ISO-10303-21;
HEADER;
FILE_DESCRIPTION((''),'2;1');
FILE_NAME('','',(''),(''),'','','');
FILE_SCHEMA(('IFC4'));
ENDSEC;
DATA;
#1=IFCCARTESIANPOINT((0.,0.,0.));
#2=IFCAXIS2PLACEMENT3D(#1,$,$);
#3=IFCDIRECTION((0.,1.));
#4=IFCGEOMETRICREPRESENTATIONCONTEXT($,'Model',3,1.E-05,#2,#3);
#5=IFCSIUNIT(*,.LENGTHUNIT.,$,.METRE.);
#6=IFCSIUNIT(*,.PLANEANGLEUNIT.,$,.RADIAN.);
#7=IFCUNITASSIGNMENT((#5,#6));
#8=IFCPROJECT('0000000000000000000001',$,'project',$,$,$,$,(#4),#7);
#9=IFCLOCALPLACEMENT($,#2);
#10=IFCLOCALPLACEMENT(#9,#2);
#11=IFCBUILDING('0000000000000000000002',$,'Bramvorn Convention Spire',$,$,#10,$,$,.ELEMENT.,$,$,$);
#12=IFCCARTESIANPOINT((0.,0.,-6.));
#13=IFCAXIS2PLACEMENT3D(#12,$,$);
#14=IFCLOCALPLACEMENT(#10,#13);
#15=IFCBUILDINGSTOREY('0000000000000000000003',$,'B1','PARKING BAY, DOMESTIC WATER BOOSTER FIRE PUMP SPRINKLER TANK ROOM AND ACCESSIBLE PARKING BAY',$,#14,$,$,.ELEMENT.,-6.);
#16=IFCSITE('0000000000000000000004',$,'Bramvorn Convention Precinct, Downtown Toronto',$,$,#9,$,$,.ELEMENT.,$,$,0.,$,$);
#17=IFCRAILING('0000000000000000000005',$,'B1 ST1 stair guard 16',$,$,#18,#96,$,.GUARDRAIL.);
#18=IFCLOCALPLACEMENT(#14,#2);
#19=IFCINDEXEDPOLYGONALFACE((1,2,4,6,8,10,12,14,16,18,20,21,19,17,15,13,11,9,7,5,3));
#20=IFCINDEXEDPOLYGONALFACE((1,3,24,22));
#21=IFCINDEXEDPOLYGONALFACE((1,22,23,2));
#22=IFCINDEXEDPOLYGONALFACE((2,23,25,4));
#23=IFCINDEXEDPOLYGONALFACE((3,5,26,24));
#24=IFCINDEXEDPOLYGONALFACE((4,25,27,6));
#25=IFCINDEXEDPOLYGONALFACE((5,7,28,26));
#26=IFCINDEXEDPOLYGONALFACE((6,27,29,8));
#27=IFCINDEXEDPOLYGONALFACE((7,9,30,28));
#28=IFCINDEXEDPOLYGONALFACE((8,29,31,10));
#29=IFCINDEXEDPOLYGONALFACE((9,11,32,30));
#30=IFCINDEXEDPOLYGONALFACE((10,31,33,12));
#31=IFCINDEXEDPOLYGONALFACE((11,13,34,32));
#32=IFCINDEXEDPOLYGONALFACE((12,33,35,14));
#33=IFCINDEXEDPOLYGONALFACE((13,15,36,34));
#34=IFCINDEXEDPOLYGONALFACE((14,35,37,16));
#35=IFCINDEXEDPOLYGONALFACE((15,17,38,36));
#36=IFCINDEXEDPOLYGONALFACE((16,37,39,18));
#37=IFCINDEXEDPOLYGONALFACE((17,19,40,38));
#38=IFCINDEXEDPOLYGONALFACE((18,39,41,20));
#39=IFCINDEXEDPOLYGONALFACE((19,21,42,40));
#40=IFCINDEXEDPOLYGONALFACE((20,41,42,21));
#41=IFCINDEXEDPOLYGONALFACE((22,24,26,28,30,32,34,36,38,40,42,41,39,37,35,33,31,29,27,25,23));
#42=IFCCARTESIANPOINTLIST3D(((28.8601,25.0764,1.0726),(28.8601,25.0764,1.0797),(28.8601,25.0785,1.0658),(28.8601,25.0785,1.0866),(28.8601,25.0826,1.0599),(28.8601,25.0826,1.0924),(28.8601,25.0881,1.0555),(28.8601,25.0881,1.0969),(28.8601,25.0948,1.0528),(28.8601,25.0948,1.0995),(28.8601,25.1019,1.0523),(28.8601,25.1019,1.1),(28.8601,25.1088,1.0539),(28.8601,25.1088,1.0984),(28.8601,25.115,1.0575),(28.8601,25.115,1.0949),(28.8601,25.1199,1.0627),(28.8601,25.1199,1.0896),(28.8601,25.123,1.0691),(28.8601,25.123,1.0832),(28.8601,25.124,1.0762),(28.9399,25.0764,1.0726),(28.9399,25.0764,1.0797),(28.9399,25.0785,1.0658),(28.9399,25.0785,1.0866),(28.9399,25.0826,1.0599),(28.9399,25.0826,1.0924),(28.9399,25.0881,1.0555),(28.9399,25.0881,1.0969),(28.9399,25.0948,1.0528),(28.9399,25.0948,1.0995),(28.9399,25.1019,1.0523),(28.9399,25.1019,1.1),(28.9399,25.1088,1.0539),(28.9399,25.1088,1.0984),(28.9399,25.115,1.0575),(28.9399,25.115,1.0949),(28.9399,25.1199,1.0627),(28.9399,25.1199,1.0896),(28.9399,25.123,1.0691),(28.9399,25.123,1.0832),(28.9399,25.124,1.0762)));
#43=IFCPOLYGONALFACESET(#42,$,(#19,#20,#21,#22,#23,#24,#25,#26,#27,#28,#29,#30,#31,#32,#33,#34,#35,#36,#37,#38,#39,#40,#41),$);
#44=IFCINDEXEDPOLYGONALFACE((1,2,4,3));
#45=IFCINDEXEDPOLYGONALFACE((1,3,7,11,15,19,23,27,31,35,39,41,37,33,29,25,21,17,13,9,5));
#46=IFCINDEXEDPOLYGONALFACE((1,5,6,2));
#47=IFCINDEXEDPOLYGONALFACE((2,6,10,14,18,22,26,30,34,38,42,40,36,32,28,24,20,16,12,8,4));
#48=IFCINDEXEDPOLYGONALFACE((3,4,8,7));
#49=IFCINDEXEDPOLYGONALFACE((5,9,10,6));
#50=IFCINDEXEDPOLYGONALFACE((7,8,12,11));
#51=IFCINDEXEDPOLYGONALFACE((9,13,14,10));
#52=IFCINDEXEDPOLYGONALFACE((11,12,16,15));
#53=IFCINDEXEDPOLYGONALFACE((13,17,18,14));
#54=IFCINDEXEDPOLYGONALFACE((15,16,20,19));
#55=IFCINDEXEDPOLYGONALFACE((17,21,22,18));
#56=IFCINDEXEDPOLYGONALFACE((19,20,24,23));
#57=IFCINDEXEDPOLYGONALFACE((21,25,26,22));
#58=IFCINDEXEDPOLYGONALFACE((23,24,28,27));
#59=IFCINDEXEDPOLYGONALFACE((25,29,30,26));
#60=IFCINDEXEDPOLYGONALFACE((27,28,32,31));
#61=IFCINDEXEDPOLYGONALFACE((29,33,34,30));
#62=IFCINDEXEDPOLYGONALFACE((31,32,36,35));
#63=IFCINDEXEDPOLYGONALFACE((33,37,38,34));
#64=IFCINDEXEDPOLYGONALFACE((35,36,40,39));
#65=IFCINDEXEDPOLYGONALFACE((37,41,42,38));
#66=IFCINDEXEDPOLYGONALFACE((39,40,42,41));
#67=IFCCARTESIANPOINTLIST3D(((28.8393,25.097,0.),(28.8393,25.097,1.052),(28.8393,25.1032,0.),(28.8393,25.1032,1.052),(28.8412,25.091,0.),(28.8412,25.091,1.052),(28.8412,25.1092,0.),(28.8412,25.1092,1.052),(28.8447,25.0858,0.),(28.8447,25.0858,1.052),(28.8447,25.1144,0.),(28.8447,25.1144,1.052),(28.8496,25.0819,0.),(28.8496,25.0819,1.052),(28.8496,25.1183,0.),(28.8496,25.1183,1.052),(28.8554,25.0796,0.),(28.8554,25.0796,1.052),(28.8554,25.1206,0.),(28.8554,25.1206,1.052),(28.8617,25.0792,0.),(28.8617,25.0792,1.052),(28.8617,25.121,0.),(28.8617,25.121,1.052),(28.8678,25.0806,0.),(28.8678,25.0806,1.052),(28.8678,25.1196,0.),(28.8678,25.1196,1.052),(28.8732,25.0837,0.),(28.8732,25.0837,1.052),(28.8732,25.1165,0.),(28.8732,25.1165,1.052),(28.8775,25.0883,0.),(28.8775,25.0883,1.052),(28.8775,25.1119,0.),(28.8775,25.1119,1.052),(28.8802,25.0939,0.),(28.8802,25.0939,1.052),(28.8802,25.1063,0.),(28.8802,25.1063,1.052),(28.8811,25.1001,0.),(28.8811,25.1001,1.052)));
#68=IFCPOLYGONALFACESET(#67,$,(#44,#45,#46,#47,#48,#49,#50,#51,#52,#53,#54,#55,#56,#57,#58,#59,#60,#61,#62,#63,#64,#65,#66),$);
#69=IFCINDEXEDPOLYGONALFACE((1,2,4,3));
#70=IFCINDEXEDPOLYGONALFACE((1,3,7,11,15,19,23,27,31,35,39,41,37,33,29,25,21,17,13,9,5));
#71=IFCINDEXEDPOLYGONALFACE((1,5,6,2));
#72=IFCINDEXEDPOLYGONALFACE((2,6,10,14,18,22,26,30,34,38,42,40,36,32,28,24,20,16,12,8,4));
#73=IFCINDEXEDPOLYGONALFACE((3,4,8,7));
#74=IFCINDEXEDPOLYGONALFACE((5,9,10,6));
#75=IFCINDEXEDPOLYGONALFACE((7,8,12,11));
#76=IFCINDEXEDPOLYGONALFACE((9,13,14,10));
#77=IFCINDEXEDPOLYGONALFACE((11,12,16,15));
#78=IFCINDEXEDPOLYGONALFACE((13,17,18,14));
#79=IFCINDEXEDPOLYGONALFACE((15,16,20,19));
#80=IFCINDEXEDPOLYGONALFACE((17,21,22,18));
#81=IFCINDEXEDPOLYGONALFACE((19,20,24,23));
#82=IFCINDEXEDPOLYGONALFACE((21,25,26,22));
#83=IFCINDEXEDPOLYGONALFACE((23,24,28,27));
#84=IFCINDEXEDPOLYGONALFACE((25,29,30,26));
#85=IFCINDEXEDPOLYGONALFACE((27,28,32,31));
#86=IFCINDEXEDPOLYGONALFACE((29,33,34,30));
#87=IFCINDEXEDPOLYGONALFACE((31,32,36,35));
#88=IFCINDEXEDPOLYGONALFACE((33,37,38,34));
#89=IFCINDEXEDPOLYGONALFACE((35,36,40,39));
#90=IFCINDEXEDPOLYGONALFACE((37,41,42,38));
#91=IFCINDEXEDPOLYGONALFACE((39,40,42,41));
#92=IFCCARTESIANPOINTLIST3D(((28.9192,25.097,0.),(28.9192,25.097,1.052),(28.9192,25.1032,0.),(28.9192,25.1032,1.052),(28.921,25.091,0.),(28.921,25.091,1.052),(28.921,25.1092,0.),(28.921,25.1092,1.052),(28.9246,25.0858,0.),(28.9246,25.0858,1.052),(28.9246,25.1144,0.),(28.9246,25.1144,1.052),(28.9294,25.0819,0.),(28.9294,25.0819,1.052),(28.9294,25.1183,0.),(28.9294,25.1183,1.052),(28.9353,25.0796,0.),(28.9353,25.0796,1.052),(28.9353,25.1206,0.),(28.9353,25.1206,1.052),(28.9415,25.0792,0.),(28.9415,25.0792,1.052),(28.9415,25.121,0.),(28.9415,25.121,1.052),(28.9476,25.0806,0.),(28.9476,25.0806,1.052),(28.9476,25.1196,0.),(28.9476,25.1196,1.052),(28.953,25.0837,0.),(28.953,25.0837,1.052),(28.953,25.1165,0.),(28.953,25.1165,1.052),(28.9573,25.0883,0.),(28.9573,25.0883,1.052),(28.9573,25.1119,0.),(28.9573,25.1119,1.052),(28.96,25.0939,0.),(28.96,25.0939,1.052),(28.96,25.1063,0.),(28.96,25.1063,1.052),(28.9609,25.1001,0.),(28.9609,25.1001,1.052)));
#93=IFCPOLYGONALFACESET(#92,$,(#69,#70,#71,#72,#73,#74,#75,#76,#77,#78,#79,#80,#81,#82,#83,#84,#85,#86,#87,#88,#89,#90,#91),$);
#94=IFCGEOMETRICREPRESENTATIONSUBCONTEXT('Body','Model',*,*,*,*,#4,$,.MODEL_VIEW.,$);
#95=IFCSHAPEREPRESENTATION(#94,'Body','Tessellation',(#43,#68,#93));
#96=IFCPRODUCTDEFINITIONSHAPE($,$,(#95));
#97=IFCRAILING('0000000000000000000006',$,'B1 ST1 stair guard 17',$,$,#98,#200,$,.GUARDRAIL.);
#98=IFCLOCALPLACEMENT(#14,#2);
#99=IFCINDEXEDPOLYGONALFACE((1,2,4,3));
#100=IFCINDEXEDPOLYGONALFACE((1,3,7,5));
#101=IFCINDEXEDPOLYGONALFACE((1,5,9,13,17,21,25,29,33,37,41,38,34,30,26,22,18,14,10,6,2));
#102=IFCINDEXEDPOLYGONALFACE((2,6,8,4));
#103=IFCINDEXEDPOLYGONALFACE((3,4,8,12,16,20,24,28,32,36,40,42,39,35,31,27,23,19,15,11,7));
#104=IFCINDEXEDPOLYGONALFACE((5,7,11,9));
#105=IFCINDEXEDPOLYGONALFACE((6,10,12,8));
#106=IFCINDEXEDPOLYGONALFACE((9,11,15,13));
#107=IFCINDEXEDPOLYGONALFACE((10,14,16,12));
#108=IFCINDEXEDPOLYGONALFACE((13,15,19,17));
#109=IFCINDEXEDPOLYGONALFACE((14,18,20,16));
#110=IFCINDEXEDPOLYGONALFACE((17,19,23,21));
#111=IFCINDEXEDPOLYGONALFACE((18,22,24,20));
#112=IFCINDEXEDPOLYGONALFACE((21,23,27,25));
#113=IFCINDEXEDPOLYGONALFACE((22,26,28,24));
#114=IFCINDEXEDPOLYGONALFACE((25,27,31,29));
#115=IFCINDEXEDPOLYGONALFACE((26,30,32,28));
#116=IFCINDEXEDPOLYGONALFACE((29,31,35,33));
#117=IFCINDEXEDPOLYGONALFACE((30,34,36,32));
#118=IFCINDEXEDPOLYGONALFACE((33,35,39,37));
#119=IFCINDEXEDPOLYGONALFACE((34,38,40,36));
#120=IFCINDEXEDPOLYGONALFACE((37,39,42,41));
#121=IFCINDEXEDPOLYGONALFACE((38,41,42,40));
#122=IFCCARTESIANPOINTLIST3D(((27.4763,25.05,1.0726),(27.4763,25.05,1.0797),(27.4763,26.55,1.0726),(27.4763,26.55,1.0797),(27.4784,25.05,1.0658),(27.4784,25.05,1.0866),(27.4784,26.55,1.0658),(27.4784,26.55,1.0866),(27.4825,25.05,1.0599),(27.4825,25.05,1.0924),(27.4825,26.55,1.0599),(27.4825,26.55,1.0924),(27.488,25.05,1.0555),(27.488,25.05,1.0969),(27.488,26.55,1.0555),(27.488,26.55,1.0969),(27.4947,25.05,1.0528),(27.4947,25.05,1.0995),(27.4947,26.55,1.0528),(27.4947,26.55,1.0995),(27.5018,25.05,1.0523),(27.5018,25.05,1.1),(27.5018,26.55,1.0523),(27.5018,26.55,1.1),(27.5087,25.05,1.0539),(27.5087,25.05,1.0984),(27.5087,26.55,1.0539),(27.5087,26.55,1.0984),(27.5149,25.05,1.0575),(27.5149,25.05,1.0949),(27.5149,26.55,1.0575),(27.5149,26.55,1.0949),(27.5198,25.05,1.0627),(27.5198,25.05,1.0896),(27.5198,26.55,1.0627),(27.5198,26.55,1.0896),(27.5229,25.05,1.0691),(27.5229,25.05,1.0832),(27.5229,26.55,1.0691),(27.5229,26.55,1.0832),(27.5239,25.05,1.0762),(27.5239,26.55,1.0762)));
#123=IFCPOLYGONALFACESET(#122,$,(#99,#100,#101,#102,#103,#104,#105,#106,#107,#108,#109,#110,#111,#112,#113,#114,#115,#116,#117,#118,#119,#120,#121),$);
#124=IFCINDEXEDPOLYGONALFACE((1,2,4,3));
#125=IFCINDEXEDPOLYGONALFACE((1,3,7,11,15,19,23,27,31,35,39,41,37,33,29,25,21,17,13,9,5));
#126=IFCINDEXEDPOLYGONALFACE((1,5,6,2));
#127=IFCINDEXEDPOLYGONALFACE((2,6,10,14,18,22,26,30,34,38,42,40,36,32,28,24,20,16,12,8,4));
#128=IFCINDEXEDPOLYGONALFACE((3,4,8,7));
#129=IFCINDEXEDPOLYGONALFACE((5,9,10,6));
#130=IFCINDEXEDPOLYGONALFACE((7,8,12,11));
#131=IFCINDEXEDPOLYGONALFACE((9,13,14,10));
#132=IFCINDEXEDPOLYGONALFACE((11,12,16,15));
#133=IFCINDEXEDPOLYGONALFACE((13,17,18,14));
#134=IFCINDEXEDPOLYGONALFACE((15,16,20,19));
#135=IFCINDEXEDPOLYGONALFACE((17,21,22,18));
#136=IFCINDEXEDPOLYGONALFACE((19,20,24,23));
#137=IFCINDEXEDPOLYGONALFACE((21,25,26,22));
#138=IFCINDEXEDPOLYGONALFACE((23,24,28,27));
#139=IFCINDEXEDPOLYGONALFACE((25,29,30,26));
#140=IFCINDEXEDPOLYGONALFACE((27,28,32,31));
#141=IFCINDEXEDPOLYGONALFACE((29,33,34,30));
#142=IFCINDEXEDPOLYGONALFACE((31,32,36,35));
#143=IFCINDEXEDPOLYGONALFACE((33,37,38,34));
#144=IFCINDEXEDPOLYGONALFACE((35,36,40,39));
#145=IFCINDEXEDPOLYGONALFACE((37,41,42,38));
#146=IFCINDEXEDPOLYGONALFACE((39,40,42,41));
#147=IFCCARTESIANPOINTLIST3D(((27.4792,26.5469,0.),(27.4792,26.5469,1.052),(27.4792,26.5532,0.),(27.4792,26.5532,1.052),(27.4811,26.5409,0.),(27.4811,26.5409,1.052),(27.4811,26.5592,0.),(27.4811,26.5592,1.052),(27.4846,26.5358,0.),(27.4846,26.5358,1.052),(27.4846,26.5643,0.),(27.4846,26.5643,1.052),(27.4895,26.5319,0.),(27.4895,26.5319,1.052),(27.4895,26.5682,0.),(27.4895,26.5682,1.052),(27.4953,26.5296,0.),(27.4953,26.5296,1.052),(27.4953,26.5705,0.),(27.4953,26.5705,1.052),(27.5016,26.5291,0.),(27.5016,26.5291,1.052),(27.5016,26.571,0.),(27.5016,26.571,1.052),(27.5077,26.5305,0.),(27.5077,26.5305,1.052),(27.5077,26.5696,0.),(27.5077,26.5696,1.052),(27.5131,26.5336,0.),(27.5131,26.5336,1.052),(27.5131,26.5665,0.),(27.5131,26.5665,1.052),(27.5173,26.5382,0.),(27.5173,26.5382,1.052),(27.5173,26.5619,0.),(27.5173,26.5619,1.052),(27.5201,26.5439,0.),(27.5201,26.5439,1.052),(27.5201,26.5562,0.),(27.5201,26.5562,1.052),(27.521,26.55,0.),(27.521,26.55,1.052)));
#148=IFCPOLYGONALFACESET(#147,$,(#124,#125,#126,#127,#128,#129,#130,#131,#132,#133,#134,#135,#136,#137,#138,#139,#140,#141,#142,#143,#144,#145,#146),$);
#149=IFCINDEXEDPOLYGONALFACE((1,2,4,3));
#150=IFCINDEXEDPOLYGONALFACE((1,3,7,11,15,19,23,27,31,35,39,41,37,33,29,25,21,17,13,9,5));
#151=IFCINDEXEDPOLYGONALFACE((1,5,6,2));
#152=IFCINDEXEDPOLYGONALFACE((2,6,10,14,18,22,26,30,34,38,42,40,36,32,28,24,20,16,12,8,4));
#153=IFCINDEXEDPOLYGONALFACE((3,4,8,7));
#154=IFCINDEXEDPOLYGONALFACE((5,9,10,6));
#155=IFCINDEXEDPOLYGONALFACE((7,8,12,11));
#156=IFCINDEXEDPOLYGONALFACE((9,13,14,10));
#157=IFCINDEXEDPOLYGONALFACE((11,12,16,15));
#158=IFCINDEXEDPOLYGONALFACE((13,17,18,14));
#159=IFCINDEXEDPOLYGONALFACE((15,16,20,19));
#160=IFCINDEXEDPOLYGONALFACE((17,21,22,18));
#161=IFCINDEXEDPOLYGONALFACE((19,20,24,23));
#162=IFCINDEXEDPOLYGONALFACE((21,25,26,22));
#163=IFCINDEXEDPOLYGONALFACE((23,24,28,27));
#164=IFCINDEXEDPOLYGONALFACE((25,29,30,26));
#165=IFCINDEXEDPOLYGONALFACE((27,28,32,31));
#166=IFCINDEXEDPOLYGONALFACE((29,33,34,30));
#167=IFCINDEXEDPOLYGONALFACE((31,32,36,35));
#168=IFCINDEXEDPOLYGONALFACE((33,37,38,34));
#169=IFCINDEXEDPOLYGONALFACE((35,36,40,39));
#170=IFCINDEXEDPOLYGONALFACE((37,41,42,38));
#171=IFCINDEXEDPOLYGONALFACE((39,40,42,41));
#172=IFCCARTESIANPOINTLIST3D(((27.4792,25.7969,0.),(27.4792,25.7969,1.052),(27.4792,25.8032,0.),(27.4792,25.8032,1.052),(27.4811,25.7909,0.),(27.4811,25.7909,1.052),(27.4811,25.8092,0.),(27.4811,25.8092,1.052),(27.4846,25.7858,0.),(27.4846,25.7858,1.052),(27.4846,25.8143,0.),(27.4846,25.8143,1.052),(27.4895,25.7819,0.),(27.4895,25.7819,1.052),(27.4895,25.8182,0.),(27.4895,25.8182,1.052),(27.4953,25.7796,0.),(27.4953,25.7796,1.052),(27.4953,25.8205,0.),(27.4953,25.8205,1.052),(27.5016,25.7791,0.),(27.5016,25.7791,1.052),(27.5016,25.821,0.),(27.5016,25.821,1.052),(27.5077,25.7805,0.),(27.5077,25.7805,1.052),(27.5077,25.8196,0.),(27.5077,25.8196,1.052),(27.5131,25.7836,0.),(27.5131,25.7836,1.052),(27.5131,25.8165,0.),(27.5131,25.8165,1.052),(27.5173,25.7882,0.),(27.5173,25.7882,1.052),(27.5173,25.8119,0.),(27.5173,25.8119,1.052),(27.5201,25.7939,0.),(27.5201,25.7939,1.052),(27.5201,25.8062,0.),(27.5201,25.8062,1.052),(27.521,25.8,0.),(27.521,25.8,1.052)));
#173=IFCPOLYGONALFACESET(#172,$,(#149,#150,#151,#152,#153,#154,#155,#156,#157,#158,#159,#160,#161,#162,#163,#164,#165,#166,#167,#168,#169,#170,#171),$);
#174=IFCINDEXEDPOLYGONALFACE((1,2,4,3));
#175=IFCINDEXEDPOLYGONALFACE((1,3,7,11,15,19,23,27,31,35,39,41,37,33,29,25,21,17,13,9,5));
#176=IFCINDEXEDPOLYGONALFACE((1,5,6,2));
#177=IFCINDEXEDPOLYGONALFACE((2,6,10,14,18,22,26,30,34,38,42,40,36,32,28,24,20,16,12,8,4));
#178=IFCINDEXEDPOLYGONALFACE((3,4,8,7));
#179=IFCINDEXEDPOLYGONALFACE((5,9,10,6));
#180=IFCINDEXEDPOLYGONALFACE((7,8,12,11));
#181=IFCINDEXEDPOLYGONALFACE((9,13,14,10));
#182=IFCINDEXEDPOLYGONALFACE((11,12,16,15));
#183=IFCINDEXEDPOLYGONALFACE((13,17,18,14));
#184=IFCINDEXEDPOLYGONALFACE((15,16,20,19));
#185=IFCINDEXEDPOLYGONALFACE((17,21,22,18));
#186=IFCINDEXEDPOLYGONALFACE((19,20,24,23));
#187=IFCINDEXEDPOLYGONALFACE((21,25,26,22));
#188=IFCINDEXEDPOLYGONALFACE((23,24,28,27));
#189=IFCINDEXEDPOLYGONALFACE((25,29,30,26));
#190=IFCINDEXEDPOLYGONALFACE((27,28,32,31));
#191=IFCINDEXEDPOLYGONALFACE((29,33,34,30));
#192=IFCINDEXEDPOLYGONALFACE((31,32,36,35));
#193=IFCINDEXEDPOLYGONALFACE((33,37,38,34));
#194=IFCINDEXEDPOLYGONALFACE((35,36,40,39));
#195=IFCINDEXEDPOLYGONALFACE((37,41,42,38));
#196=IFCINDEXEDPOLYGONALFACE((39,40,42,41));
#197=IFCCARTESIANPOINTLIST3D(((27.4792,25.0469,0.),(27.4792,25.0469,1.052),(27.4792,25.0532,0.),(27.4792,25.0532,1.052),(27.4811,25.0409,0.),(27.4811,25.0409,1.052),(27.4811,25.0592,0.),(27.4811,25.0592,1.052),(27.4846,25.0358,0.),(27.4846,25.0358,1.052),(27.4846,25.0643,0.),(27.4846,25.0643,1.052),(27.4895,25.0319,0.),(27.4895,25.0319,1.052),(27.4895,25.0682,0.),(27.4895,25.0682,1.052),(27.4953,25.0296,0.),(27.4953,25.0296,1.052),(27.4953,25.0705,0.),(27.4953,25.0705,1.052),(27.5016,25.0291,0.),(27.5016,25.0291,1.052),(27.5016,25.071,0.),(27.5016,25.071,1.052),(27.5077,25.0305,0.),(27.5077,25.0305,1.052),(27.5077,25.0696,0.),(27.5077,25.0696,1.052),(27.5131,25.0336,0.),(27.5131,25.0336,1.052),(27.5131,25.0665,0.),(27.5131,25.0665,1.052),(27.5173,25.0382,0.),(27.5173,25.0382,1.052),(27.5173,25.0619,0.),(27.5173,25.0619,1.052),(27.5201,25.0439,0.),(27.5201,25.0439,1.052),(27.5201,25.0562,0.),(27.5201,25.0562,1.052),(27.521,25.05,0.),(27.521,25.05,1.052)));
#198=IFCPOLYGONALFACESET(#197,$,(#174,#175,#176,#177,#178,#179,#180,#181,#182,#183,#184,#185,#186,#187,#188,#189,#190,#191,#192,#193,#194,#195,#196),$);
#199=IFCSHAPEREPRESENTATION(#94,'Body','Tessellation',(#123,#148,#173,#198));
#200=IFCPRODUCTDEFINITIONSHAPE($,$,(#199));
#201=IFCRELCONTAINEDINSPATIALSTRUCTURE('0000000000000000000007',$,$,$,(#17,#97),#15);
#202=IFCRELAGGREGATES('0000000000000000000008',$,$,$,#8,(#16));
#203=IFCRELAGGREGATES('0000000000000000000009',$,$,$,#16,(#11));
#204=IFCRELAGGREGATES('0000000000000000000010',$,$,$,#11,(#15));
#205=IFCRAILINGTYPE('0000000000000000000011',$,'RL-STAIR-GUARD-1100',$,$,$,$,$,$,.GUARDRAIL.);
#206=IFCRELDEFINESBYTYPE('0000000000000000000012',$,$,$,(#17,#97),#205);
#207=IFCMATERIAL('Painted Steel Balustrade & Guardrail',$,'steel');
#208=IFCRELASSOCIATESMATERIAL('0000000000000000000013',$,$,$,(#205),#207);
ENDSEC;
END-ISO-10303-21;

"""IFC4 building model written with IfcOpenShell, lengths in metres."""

from ifc_helpers import new_model, si_unit, direction, frame, origin, origin_2d, place, context, subcontext, project, spatial, circle, extrude, material, type_object, element, save


model = new_model("IFC4")

# Units and contexts
model_context = context("Model", 3, precision=1e-05, world=origin(), true_north=direction((0.0, 1.0)))
body_context = subcontext(model_context, "Body", "Model", "MODEL_VIEW")
ifc_project = project(units=[si_unit("LENGTHUNIT", "METRE"), si_unit("PLANEANGLEUNIT", "RADIAN")], contexts=[model_context])

# Site, building, storey
site_placement = place(None, origin())
site = spatial("IfcSite", under=ifc_project, at=site_placement, Name="Bramvorn Convention Precinct, Downtown Toronto", CompositionType="ELEMENT", RefElevation=0.0)
building_placement = place(site_placement, origin())
building = spatial("IfcBuilding", under=site, at=building_placement, Name="Bramvorn Convention Spire", CompositionType="ELEMENT")
storey_placement = place(building_placement, frame((0.0, 0.0, -6.0)))
storey = spatial("IfcBuildingStorey", under=building, at=storey_placement, Name="B1", Description="PARKING BAY, DOMESTIC WATER BOOSTER FIRE PUMP SPRINKLER TANK ROOM AND ACCESSIBLE PARKING BAY", CompositionType="ELEMENT", Elevation=-6.0)

# Railings
ifc_material_1 = material(Name="Painted Steel Balustrade & Guardrail", Category="steel")
railing_type = type_object("IfcRailingType", Name="RL-STAIR-GUARD-1100", PredefinedType="GUARDRAIL", material=ifc_material_1)
railing_1_placement = place(storey_placement, frame((28.8601, 25.1001, 0.0)))
element("IfcRailing", 1, at=railing_1_placement, inside=storey, type_object=railing_type, Name="B1 ST1 stair guard 16", PredefinedType="GUARDRAIL", context=body_context, shape_type="SweptSolid", body=[
    extrude(circle(Radius=0.0239, at=origin_2d()), frame((0.0, 0.0, 1.0762), z_axis=(1.0, 0.0, 0.0), x_axis=(0.0, 1.0, 0.0)), (0.0, 0.0, 1.0), 0.0798),
    extrude(circle(Radius=0.021, at=origin_2d()), origin(), (0.0, 0.0, 1.0), 1.052),
    extrude(circle(Radius=0.021, at=origin_2d()), frame((0.0798, 0.0, 0.0)), (0.0, 0.0, 1.0), 1.052),
])
for number, where, name in (
    (2, (27.5, 26.55, 0.0), "B1 ST1 stair guard 17"),
):
    element("IfcRailing", number, at=place(storey_placement, frame(where)), inside=storey, type_object=railing_type, Name=name, PredefinedType="GUARDRAIL", context=body_context, shape_type="SweptSolid", body=[
        extrude(circle(Radius=0.0239, at=origin_2d()), frame((0.0, 0.0, 1.0762), z_axis=(0.0, -1.0, 0.0), x_axis=(1.0, 0.0, 0.0)), (0.0, 0.0, 1.0), 1.5),
        extrude(circle(Radius=0.021, at=origin_2d()), origin(), (0.0, 0.0, 1.0), 1.052),
        extrude(circle(Radius=0.021, at=origin_2d()), frame((0.0, -0.75, 0.0)), (0.0, 0.0, 1.0), 1.052),
        extrude(circle(Radius=0.021, at=origin_2d()), frame((0.0, -1.5, 0.0)), (0.0, 0.0, 1.0), 1.052),
    ])

save(model, "model.ifc")
